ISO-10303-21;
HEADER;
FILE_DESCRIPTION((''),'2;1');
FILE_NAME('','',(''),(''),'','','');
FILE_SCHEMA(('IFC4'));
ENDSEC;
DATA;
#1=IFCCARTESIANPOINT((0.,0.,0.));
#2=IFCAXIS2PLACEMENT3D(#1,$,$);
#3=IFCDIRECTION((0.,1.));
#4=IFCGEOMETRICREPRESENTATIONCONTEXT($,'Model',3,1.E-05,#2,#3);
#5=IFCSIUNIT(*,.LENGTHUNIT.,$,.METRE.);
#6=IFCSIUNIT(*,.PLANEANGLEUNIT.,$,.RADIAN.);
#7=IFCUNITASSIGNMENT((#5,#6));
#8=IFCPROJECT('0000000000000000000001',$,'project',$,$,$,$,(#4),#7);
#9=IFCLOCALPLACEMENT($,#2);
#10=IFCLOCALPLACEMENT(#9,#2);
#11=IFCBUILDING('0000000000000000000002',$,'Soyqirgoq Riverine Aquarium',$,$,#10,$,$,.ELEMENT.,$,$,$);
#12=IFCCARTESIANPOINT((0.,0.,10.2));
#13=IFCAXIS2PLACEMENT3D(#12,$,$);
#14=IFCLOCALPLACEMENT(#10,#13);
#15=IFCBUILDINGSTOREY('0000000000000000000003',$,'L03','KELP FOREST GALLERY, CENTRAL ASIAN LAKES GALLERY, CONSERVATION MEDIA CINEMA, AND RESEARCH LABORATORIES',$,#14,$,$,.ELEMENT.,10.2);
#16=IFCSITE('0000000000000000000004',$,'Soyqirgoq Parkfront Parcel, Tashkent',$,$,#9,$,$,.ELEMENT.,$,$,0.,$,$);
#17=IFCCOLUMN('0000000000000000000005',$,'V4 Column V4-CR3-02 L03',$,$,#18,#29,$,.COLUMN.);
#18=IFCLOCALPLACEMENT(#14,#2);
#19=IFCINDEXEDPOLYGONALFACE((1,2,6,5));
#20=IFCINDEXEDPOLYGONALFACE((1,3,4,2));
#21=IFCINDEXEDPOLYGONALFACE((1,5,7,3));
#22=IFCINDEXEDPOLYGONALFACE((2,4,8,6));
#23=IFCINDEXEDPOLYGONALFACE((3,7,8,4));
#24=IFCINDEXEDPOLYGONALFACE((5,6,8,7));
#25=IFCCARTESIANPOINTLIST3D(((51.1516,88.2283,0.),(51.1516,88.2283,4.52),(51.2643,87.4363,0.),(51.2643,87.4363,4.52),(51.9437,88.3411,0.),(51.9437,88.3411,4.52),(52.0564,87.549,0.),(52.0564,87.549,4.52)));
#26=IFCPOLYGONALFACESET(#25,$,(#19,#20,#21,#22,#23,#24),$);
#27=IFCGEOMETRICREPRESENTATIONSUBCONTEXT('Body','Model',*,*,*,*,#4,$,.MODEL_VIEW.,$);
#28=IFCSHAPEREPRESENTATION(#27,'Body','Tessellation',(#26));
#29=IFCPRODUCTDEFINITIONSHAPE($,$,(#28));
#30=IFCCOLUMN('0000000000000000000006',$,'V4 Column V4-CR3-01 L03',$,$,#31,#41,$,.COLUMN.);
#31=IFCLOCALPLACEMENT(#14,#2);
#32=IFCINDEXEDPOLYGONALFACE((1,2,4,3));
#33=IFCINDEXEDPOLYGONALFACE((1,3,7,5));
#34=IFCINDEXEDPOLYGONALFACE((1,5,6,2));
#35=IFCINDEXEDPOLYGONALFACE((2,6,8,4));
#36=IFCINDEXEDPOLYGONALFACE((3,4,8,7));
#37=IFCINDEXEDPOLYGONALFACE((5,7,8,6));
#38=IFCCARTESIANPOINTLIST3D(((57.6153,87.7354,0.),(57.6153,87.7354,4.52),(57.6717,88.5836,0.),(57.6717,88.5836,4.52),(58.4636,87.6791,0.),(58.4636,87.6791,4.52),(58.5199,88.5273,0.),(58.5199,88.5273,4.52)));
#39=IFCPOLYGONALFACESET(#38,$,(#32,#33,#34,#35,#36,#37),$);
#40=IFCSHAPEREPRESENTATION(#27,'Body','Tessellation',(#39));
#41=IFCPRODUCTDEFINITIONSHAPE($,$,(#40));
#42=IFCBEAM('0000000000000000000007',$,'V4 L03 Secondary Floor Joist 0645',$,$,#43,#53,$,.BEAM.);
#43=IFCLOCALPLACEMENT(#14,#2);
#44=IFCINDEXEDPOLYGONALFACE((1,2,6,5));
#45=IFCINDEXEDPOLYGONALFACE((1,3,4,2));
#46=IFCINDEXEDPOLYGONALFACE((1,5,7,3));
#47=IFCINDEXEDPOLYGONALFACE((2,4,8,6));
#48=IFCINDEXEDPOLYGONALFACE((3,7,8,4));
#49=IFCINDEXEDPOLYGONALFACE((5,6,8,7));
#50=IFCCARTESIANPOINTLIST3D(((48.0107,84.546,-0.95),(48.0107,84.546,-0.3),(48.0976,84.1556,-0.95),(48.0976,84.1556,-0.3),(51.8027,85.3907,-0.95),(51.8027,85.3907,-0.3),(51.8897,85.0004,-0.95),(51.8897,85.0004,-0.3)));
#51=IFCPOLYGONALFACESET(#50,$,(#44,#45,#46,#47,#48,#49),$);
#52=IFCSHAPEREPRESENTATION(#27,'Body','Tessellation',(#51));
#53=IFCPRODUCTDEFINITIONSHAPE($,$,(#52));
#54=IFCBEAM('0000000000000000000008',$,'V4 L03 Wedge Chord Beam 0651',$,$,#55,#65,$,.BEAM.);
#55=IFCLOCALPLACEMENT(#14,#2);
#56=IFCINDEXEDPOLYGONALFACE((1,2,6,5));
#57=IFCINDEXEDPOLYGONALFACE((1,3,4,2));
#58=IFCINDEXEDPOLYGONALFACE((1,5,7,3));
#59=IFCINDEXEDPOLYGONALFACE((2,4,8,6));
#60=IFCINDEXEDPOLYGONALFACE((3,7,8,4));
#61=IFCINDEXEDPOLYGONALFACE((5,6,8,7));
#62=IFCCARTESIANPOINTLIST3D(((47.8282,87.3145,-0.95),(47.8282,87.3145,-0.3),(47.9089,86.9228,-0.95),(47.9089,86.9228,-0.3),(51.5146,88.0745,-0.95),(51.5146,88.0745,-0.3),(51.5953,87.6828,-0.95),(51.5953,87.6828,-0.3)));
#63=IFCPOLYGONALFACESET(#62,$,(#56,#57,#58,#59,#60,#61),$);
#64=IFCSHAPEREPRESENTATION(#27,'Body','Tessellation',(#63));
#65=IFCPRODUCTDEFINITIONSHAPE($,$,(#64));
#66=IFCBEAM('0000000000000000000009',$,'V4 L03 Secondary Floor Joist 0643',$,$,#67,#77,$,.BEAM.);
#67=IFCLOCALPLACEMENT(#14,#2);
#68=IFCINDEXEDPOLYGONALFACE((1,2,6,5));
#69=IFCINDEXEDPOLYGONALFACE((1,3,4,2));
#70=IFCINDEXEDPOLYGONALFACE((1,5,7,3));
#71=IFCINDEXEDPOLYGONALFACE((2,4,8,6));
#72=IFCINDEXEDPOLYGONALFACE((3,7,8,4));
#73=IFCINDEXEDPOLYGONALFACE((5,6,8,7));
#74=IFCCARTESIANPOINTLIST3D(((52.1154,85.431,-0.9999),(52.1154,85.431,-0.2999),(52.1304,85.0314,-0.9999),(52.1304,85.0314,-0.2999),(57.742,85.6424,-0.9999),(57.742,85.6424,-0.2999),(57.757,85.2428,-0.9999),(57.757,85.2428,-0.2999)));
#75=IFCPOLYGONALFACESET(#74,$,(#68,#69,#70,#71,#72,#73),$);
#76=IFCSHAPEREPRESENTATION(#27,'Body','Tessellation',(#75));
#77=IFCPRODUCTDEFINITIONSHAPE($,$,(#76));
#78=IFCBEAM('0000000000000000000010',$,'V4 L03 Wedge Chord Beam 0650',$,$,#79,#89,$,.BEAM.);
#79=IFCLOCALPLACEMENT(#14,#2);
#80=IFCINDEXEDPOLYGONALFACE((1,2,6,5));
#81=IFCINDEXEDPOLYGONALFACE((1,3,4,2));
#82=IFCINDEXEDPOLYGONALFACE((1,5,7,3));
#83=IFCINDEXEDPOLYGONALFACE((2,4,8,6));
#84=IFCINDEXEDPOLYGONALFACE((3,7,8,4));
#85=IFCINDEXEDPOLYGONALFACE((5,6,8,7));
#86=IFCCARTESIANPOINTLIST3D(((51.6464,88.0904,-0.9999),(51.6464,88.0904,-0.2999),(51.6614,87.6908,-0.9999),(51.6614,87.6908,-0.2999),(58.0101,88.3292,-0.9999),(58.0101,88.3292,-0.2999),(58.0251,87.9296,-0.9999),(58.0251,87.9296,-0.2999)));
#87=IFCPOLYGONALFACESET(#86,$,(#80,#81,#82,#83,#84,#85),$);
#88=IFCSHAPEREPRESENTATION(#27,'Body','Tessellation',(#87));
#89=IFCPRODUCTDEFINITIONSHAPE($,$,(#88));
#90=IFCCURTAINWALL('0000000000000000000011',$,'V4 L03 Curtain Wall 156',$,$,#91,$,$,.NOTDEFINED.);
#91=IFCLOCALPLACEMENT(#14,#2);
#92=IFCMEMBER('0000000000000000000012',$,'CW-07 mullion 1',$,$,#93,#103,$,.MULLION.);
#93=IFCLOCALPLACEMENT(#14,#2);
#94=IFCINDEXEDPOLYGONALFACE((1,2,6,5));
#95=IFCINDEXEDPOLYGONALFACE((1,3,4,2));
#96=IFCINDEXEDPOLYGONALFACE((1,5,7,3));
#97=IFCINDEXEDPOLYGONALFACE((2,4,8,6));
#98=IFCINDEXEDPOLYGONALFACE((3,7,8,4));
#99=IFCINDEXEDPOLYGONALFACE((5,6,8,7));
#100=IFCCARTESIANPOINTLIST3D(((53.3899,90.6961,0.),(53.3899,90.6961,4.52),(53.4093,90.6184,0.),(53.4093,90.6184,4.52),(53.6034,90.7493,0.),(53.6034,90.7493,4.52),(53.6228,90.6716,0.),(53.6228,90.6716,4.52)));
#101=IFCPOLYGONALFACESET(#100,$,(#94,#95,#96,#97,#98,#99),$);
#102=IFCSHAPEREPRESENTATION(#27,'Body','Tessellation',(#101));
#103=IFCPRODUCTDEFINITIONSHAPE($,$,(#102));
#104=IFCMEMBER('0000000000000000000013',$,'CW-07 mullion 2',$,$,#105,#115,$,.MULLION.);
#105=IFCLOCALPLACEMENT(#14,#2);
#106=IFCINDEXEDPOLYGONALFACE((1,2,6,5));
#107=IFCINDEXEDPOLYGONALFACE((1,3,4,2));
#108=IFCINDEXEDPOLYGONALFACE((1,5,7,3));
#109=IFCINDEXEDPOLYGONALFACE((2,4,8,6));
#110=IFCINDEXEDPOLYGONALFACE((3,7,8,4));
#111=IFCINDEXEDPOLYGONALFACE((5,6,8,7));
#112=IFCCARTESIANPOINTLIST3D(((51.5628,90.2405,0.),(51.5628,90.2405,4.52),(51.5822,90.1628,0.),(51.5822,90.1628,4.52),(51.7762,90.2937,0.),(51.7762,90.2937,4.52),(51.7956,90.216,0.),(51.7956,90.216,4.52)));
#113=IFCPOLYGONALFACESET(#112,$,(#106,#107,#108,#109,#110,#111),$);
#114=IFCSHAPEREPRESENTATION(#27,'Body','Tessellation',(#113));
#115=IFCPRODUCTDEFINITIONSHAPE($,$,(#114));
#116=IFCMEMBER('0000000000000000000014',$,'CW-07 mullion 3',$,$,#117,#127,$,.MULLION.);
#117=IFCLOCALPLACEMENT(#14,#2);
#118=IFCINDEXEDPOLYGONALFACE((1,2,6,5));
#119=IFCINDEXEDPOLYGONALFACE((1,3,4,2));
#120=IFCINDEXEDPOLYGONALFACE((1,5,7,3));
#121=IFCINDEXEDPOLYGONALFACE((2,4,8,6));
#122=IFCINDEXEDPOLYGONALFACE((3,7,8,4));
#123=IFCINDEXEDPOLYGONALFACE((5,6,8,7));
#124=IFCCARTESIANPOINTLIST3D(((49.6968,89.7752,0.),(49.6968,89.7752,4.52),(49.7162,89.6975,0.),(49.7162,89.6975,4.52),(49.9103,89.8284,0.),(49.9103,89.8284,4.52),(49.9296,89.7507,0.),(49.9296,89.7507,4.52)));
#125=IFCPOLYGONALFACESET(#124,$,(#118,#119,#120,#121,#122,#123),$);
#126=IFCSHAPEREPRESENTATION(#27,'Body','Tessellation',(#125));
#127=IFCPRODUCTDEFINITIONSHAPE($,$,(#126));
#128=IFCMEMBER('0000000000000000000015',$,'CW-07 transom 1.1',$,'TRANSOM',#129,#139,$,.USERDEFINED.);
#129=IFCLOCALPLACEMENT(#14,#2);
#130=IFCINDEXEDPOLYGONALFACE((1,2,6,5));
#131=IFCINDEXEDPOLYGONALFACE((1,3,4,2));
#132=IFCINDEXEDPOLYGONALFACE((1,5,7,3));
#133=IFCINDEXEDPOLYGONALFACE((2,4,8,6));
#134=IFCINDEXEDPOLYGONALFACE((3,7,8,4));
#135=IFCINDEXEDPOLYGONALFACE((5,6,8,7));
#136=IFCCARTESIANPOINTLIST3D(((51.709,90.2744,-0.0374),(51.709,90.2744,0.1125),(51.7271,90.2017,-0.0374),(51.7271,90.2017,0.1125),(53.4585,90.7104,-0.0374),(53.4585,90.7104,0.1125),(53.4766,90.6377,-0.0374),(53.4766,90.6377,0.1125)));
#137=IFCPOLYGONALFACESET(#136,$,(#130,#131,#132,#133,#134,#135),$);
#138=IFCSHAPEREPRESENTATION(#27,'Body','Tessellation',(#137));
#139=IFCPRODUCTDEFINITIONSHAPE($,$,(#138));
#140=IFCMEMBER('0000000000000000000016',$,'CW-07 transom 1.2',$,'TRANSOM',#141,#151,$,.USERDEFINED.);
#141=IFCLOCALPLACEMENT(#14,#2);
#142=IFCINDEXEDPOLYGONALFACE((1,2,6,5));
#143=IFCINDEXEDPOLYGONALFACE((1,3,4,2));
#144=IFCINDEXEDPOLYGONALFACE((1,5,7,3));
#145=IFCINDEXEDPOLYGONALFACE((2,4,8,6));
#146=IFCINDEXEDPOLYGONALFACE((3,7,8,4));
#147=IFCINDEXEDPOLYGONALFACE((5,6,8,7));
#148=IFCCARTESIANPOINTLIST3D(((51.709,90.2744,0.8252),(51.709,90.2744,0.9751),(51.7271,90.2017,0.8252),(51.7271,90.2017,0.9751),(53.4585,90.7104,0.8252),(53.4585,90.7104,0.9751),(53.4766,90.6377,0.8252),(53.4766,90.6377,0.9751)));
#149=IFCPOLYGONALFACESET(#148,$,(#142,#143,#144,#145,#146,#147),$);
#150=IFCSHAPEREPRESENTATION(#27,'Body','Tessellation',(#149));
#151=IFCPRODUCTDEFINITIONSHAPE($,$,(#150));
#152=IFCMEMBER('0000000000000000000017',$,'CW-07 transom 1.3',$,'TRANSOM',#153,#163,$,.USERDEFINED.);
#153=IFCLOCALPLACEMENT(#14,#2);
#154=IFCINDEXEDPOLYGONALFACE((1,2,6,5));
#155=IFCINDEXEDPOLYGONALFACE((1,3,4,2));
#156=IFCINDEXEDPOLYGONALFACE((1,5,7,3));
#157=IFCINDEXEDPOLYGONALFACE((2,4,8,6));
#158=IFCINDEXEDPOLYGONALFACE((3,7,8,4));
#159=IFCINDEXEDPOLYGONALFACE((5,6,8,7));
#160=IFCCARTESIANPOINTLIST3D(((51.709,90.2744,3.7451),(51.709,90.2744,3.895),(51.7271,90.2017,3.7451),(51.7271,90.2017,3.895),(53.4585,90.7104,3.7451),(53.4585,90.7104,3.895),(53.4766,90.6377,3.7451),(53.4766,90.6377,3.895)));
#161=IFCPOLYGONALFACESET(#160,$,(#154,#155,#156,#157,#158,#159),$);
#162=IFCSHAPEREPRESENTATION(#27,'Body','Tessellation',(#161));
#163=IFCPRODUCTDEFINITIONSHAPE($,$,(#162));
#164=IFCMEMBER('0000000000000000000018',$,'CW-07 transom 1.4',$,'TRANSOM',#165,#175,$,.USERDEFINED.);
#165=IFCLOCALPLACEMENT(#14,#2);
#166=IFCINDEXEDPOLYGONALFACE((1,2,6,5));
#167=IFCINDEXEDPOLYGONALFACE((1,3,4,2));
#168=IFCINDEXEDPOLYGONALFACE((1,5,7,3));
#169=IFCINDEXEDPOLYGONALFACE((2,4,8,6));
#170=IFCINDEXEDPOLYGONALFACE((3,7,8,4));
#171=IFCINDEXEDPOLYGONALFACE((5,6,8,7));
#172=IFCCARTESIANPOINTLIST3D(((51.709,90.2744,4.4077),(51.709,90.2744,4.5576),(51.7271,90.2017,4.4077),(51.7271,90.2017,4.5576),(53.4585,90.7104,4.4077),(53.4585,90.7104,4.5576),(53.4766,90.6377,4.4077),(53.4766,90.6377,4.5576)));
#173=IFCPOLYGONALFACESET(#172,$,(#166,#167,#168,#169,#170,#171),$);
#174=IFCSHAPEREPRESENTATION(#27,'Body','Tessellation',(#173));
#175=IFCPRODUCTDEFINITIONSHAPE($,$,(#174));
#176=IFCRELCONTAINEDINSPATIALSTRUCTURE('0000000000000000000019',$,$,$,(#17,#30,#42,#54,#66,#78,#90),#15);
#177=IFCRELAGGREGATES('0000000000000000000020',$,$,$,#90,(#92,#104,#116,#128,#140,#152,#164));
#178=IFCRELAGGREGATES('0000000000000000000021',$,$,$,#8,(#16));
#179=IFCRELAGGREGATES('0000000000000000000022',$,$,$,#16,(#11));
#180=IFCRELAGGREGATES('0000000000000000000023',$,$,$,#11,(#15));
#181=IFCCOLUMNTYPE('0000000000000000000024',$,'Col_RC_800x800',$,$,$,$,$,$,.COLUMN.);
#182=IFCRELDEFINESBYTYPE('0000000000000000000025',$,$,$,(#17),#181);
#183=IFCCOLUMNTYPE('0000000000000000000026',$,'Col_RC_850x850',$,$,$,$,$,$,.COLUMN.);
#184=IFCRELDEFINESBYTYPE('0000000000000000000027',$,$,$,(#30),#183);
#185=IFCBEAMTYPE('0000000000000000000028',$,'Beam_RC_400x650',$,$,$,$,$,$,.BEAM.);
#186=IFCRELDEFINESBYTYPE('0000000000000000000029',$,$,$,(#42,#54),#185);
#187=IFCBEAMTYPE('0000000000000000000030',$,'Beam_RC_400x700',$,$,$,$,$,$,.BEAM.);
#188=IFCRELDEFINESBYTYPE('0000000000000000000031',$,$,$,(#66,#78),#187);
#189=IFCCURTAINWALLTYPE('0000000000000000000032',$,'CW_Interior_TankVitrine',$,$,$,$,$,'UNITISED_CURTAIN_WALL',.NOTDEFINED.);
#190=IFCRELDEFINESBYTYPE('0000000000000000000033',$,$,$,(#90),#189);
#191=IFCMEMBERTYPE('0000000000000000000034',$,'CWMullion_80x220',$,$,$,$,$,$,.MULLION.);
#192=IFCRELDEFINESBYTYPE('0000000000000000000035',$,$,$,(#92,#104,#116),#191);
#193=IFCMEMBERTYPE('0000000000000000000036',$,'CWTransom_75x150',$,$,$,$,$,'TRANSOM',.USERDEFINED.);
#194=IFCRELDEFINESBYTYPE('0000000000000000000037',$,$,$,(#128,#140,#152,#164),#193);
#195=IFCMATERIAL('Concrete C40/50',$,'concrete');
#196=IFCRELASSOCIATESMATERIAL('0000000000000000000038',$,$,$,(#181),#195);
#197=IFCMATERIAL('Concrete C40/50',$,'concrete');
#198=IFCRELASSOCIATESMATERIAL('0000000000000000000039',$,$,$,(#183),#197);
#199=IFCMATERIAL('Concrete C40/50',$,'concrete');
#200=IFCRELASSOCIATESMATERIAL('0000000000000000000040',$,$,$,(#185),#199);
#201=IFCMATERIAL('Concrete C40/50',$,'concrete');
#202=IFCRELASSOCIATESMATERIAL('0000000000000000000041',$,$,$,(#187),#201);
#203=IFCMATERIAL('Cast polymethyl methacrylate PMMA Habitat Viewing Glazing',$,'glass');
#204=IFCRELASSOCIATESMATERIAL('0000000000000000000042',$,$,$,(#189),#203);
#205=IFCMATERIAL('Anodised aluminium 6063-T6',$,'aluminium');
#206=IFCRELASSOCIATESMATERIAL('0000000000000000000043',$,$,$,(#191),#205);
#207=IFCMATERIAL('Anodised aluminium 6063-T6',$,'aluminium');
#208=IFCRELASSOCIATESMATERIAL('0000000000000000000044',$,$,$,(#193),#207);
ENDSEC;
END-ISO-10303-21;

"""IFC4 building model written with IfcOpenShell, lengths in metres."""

from ifc_helpers import new_model, si_unit, direction, frame, origin, origin_2d, place, context, subcontext, project, spatial, rectangle, extrude, material, material_profile, profile_set, type_object, element, aggregate, save


model = new_model("IFC4")

# Units and contexts
model_context = context("Model", 3, precision=1e-05, world=origin(), true_north=direction((0.0, 1.0)))
body_context = subcontext(model_context, "Body", "Model", "MODEL_VIEW")
ifc_project = project(units=[si_unit("LENGTHUNIT", "METRE"), si_unit("PLANEANGLEUNIT", "RADIAN")], contexts=[model_context])

# Site, building, storey
site_placement = place(None, origin())
site = spatial("IfcSite", under=ifc_project, at=site_placement, Name="Soyqirgoq Parkfront Parcel, Tashkent", CompositionType="ELEMENT", RefElevation=0.0)
building_placement = place(site_placement, origin())
building = spatial("IfcBuilding", under=site, at=building_placement, Name="Soyqirgoq Riverine Aquarium", CompositionType="ELEMENT")
storey_placement = place(building_placement, frame((0.0, 0.0, 10.2)))
storey = spatial("IfcBuildingStorey", under=building, at=storey_placement, Name="L03", Description="KELP FOREST GALLERY, CENTRAL ASIAN LAKES GALLERY, CONSERVATION MEDIA CINEMA, AND RESEARCH LABORATORIES", CompositionType="ELEMENT", Elevation=10.2)

# Columns
ifc_material_1 = material(Name="Concrete C40/50", Category="concrete")
ifc_material_profile_1 = material_profile(ifc_material_1, rectangle(XDim=0.8, YDim=0.8, at=origin_2d()), Name="RC 800x800")
ifc_profile_set_1 = profile_set([ifc_material_profile_1], Name="Concrete C40/50")
column_type_1 = type_object("IfcColumnType", Name="Col_RC_800x800", PredefinedType="COLUMN", material=ifc_profile_set_1)
column_1_placement = place(storey_placement, frame((51.604, 87.8887, 0.0), z_axis=(0.0, 0.0, 1.0), x_axis=(-0.140901, 0.990024, 0.0)))
element("IfcColumn", 1, at=column_1_placement, inside=storey, type_object=column_type_1, Name="V4 Column V4-CR3-02 L03", PredefinedType="COLUMN", context=body_context, shape_type="SweptSolid", body=[
    extrude(rectangle(XDim=0.8, YDim=0.8, at=origin_2d()), origin(), (0.0, 0.0, 1.0), 4.52),
])
ifc_material_2 = material(Name="Concrete C40/50", Category="concrete")
ifc_material_profile_2 = material_profile(ifc_material_2, rectangle(XDim=0.8501, YDim=0.8501, at=origin_2d()), Name="RC 850x850")
ifc_profile_set_2 = profile_set([ifc_material_profile_2], Name="Concrete C40/50")
column_type_2 = type_object("IfcColumnType", Name="Col_RC_850x850", PredefinedType="COLUMN", material=ifc_profile_set_2)
column_2_placement = place(storey_placement, frame((58.0676, 88.1313, 0.0), z_axis=(0.0, 0.0, 1.0), x_axis=(0.066274, 0.997801, 0.0)))
element("IfcColumn", 2, at=column_2_placement, inside=storey, type_object=column_type_2, Name="V4 Column V4-CR3-01 L03", PredefinedType="COLUMN", context=body_context, shape_type="SweptSolid", body=[
    extrude(rectangle(XDim=0.8501, YDim=0.8501, at=origin_2d()), origin(), (0.0, 0.0, 1.0), 4.52),
])

# Beams
ifc_material_3 = material(Name="Concrete C40/50", Category="concrete")
ifc_material_profile_3 = material_profile(ifc_material_3, rectangle(XDim=0.3999, YDim=0.6499, at=origin_2d()), Name="RC 400x650")
ifc_profile_set_3 = profile_set([ifc_material_profile_3], Name="Concrete C40/50")
beam_type_1 = type_object("IfcBeamType", Name="Beam_RC_400x650", PredefinedType="BEAM", material=ifc_profile_set_3)
beam_1_placement = place(storey_placement, frame((51.8462, 85.1956, -0.625), z_axis=(-0.976075, -0.217436, 0.0), x_axis=(0.217436, -0.976075, 0.0)))
element("IfcBeam", 3, at=beam_1_placement, inside=storey, type_object=beam_type_1, Name="V4 L03 Secondary Floor Joist 0645", PredefinedType="BEAM", context=body_context, shape_type="SweptSolid", body=[
    extrude(rectangle(XDim=0.3999, YDim=0.6499, at=origin_2d()), origin(), (0.0, 0.0, 1.0), 3.885),
])
beam_2_placement = place(storey_placement, frame((51.5549, 87.8787, -0.625), z_axis=(-0.979401, -0.201926, 0.0), x_axis=(0.201926, -0.979401, 0.0)))
element("IfcBeam", 4, at=beam_2_placement, inside=storey, type_object=beam_type_1, Name="V4 L03 Wedge Chord Beam 0651", PredefinedType="BEAM", context=body_context, shape_type="SweptSolid", body=[
    extrude(rectangle(XDim=0.3999, YDim=0.6499, at=origin_2d()), origin(), (0.0, 0.0, 1.0), 3.7639),
])
ifc_material_4 = material(Name="Concrete C40/50", Category="concrete")
ifc_material_profile_4 = material_profile(ifc_material_4, rectangle(XDim=0.3999, YDim=0.7, at=origin_2d()), Name="RC 400x700")
ifc_profile_set_4 = profile_set([ifc_material_profile_4], Name="Concrete C40/50")
beam_type_2 = type_object("IfcBeamType", Name="Beam_RC_400x700", PredefinedType="BEAM", material=ifc_profile_set_4)
beam_3_placement = place(storey_placement, frame((57.7495, 85.4426, -0.6499), z_axis=(-0.999295, -0.037549, 0.0), x_axis=(0.037549, -0.999295, 0.0)))
element("IfcBeam", 5, at=beam_3_placement, inside=storey, type_object=beam_type_2, Name="V4 L03 Secondary Floor Joist 0643", PredefinedType="BEAM", context=body_context, shape_type="SweptSolid", body=[
    extrude(rectangle(XDim=0.3999, YDim=0.7, at=origin_2d()), origin(), (0.0, 0.0, 1.0), 5.6306),
])
beam_4_placement = place(storey_placement, frame((58.0176, 88.1294, -0.6499), z_axis=(-0.999297, -0.037494, 0.0), x_axis=(0.037494, -0.999297, 0.0)))
element("IfcBeam", 6, at=beam_4_placement, inside=storey, type_object=beam_type_2, Name="V4 L03 Wedge Chord Beam 0650", PredefinedType="BEAM", context=body_context, shape_type="SweptSolid", body=[
    extrude(rectangle(XDim=0.3999, YDim=0.7, at=origin_2d()), origin(), (0.0, 0.0, 1.0), 6.3682),
])

# Curtain wall, members
ifc_material_5 = material(Name="Cast polymethyl methacrylate PMMA Habitat Viewing Glazing", Category="glass")
curtain_wall_type = type_object("IfcCurtainWallType", Name="CW_Interior_TankVitrine", ElementType="UNITISED_CURTAIN_WALL", PredefinedType="NOTDEFINED", material=ifc_material_5)
curtain_wall_placement = place(storey_placement, origin())
curtain_wall = element("IfcCurtainWall", 7, at=curtain_wall_placement, inside=storey, type_object=curtain_wall_type, Name="V4 L03 Curtain Wall 156", PredefinedType="NOTDEFINED")
ifc_material_6 = material(Name="Anodised aluminium 6063-T6", Category="aluminium")
ifc_material_profile_5 = material_profile(ifc_material_6, rectangle(XDim=0.0801, YDim=0.22, at=origin_2d()), Name="ALU-M 80x220")
ifc_profile_set_5 = profile_set([ifc_material_profile_5], Name="Anodised aluminium 6063-T6")
member_type_1 = type_object("IfcMemberType", Name="CWMullion_80x220", PredefinedType="MULLION", material=ifc_profile_set_5)
member_1_placement = place(storey_placement, frame((53.5063, 90.6838, 0.0), z_axis=(0.0, 0.0, 1.0), x_axis=(0.241926, -0.970295, 0.0)))
member_1 = element("IfcMember", 8, at=member_1_placement, type_object=member_type_1, Name="CW-07 mullion 1", PredefinedType="MULLION", context=body_context, shape_type="SweptSolid", body=[
    extrude(rectangle(XDim=0.0801, YDim=0.22, at=origin_2d()), origin(), (0.0, 0.0, 1.0), 4.52),
])
member_2_placement = place(storey_placement, frame((51.6792, 90.2283, 0.0), z_axis=(0.0, 0.0, 1.0), x_axis=(0.241926, -0.970295, 0.0)))
member_2 = element("IfcMember", 9, at=member_2_placement, type_object=member_type_1, Name="CW-07 mullion 2", PredefinedType="MULLION", context=body_context, shape_type="SweptSolid", body=[
    extrude(rectangle(XDim=0.0801, YDim=0.22, at=origin_2d()), origin(), (0.0, 0.0, 1.0), 4.52),
])
member_3_placement = place(storey_placement, frame((49.8132, 89.7629, 0.0), z_axis=(0.0, 0.0, 1.0), x_axis=(0.241926, -0.970295, 0.0)))
member_3 = element("IfcMember", 10, at=member_3_placement, type_object=member_type_1, Name="CW-07 mullion 3", PredefinedType="MULLION", context=body_context, shape_type="SweptSolid", body=[
    extrude(rectangle(XDim=0.0801, YDim=0.22, at=origin_2d()), origin(), (0.0, 0.0, 1.0), 4.52),
])
ifc_material_7 = material(Name="Anodised aluminium 6063-T6", Category="aluminium")
ifc_material_profile_6 = material_profile(ifc_material_7, rectangle(XDim=0.075, YDim=0.1499, at=origin_2d()), Name="ALU-T 75x150")
ifc_profile_set_6 = profile_set([ifc_material_profile_6], Name="Anodised aluminium 6063-T6")
member_type_2 = type_object("IfcMemberType", Name="CWTransom_75x150", ElementType="TRANSOM", PredefinedType="USERDEFINED", material=ifc_profile_set_6)
member_4_placement = place(storey_placement, frame((53.4675, 90.6741, 0.0376), z_axis=(-0.970317, -0.241835, 0.0), x_axis=(0.241835, -0.970317, 0.0)))
member_4 = element("IfcMember", 11, at=member_4_placement, type_object=member_type_2, Name="CW-07 transom 1.1", ObjectType="TRANSOM", PredefinedType="USERDEFINED", context=body_context, shape_type="SweptSolid", body=[
    extrude(rectangle(XDim=0.075, YDim=0.1499, at=origin_2d()), origin(), (0.0, 0.0, 1.0), 1.803),
])
member_5_placement = place(storey_placement, frame((53.4675, 90.6741, 0.9001), z_axis=(-0.970317, -0.241835, 0.0), x_axis=(0.241835, -0.970317, 0.0)))
member_5 = element("IfcMember", 12, at=member_5_placement, type_object=member_type_2, Name="CW-07 transom 1.2", ObjectType="TRANSOM", PredefinedType="USERDEFINED", context=body_context, shape_type="SweptSolid", body=[
    extrude(rectangle(XDim=0.075, YDim=0.1499, at=origin_2d()), origin(), (0.0, 0.0, 1.0), 1.803),
])
member_6_placement = place(storey_placement, frame((53.4675, 90.6741, 3.8201), z_axis=(-0.970317, -0.241835, 0.0), x_axis=(0.241835, -0.970317, 0.0)))
member_6 = element("IfcMember", 13, at=member_6_placement, type_object=member_type_2, Name="CW-07 transom 1.3", ObjectType="TRANSOM", PredefinedType="USERDEFINED", context=body_context, shape_type="SweptSolid", body=[
    extrude(rectangle(XDim=0.075, YDim=0.1499, at=origin_2d()), origin(), (0.0, 0.0, 1.0), 1.803),
])
member_7_placement = place(storey_placement, frame((53.4675, 90.6741, 4.4827), z_axis=(-0.970317, -0.241835, 0.0), x_axis=(0.241835, -0.970317, 0.0)))
member_7 = element("IfcMember", 14, at=member_7_placement, type_object=member_type_2, Name="CW-07 transom 1.4", ObjectType="TRANSOM", PredefinedType="USERDEFINED", context=body_context, shape_type="SweptSolid", body=[
    extrude(rectangle(XDim=0.075, YDim=0.1499, at=origin_2d()), origin(), (0.0, 0.0, 1.0), 1.803),
])

aggregate(curtain_wall, [member_1, member_2, member_3, member_4, member_5, member_6, member_7])

save(model, "model.ifc")
